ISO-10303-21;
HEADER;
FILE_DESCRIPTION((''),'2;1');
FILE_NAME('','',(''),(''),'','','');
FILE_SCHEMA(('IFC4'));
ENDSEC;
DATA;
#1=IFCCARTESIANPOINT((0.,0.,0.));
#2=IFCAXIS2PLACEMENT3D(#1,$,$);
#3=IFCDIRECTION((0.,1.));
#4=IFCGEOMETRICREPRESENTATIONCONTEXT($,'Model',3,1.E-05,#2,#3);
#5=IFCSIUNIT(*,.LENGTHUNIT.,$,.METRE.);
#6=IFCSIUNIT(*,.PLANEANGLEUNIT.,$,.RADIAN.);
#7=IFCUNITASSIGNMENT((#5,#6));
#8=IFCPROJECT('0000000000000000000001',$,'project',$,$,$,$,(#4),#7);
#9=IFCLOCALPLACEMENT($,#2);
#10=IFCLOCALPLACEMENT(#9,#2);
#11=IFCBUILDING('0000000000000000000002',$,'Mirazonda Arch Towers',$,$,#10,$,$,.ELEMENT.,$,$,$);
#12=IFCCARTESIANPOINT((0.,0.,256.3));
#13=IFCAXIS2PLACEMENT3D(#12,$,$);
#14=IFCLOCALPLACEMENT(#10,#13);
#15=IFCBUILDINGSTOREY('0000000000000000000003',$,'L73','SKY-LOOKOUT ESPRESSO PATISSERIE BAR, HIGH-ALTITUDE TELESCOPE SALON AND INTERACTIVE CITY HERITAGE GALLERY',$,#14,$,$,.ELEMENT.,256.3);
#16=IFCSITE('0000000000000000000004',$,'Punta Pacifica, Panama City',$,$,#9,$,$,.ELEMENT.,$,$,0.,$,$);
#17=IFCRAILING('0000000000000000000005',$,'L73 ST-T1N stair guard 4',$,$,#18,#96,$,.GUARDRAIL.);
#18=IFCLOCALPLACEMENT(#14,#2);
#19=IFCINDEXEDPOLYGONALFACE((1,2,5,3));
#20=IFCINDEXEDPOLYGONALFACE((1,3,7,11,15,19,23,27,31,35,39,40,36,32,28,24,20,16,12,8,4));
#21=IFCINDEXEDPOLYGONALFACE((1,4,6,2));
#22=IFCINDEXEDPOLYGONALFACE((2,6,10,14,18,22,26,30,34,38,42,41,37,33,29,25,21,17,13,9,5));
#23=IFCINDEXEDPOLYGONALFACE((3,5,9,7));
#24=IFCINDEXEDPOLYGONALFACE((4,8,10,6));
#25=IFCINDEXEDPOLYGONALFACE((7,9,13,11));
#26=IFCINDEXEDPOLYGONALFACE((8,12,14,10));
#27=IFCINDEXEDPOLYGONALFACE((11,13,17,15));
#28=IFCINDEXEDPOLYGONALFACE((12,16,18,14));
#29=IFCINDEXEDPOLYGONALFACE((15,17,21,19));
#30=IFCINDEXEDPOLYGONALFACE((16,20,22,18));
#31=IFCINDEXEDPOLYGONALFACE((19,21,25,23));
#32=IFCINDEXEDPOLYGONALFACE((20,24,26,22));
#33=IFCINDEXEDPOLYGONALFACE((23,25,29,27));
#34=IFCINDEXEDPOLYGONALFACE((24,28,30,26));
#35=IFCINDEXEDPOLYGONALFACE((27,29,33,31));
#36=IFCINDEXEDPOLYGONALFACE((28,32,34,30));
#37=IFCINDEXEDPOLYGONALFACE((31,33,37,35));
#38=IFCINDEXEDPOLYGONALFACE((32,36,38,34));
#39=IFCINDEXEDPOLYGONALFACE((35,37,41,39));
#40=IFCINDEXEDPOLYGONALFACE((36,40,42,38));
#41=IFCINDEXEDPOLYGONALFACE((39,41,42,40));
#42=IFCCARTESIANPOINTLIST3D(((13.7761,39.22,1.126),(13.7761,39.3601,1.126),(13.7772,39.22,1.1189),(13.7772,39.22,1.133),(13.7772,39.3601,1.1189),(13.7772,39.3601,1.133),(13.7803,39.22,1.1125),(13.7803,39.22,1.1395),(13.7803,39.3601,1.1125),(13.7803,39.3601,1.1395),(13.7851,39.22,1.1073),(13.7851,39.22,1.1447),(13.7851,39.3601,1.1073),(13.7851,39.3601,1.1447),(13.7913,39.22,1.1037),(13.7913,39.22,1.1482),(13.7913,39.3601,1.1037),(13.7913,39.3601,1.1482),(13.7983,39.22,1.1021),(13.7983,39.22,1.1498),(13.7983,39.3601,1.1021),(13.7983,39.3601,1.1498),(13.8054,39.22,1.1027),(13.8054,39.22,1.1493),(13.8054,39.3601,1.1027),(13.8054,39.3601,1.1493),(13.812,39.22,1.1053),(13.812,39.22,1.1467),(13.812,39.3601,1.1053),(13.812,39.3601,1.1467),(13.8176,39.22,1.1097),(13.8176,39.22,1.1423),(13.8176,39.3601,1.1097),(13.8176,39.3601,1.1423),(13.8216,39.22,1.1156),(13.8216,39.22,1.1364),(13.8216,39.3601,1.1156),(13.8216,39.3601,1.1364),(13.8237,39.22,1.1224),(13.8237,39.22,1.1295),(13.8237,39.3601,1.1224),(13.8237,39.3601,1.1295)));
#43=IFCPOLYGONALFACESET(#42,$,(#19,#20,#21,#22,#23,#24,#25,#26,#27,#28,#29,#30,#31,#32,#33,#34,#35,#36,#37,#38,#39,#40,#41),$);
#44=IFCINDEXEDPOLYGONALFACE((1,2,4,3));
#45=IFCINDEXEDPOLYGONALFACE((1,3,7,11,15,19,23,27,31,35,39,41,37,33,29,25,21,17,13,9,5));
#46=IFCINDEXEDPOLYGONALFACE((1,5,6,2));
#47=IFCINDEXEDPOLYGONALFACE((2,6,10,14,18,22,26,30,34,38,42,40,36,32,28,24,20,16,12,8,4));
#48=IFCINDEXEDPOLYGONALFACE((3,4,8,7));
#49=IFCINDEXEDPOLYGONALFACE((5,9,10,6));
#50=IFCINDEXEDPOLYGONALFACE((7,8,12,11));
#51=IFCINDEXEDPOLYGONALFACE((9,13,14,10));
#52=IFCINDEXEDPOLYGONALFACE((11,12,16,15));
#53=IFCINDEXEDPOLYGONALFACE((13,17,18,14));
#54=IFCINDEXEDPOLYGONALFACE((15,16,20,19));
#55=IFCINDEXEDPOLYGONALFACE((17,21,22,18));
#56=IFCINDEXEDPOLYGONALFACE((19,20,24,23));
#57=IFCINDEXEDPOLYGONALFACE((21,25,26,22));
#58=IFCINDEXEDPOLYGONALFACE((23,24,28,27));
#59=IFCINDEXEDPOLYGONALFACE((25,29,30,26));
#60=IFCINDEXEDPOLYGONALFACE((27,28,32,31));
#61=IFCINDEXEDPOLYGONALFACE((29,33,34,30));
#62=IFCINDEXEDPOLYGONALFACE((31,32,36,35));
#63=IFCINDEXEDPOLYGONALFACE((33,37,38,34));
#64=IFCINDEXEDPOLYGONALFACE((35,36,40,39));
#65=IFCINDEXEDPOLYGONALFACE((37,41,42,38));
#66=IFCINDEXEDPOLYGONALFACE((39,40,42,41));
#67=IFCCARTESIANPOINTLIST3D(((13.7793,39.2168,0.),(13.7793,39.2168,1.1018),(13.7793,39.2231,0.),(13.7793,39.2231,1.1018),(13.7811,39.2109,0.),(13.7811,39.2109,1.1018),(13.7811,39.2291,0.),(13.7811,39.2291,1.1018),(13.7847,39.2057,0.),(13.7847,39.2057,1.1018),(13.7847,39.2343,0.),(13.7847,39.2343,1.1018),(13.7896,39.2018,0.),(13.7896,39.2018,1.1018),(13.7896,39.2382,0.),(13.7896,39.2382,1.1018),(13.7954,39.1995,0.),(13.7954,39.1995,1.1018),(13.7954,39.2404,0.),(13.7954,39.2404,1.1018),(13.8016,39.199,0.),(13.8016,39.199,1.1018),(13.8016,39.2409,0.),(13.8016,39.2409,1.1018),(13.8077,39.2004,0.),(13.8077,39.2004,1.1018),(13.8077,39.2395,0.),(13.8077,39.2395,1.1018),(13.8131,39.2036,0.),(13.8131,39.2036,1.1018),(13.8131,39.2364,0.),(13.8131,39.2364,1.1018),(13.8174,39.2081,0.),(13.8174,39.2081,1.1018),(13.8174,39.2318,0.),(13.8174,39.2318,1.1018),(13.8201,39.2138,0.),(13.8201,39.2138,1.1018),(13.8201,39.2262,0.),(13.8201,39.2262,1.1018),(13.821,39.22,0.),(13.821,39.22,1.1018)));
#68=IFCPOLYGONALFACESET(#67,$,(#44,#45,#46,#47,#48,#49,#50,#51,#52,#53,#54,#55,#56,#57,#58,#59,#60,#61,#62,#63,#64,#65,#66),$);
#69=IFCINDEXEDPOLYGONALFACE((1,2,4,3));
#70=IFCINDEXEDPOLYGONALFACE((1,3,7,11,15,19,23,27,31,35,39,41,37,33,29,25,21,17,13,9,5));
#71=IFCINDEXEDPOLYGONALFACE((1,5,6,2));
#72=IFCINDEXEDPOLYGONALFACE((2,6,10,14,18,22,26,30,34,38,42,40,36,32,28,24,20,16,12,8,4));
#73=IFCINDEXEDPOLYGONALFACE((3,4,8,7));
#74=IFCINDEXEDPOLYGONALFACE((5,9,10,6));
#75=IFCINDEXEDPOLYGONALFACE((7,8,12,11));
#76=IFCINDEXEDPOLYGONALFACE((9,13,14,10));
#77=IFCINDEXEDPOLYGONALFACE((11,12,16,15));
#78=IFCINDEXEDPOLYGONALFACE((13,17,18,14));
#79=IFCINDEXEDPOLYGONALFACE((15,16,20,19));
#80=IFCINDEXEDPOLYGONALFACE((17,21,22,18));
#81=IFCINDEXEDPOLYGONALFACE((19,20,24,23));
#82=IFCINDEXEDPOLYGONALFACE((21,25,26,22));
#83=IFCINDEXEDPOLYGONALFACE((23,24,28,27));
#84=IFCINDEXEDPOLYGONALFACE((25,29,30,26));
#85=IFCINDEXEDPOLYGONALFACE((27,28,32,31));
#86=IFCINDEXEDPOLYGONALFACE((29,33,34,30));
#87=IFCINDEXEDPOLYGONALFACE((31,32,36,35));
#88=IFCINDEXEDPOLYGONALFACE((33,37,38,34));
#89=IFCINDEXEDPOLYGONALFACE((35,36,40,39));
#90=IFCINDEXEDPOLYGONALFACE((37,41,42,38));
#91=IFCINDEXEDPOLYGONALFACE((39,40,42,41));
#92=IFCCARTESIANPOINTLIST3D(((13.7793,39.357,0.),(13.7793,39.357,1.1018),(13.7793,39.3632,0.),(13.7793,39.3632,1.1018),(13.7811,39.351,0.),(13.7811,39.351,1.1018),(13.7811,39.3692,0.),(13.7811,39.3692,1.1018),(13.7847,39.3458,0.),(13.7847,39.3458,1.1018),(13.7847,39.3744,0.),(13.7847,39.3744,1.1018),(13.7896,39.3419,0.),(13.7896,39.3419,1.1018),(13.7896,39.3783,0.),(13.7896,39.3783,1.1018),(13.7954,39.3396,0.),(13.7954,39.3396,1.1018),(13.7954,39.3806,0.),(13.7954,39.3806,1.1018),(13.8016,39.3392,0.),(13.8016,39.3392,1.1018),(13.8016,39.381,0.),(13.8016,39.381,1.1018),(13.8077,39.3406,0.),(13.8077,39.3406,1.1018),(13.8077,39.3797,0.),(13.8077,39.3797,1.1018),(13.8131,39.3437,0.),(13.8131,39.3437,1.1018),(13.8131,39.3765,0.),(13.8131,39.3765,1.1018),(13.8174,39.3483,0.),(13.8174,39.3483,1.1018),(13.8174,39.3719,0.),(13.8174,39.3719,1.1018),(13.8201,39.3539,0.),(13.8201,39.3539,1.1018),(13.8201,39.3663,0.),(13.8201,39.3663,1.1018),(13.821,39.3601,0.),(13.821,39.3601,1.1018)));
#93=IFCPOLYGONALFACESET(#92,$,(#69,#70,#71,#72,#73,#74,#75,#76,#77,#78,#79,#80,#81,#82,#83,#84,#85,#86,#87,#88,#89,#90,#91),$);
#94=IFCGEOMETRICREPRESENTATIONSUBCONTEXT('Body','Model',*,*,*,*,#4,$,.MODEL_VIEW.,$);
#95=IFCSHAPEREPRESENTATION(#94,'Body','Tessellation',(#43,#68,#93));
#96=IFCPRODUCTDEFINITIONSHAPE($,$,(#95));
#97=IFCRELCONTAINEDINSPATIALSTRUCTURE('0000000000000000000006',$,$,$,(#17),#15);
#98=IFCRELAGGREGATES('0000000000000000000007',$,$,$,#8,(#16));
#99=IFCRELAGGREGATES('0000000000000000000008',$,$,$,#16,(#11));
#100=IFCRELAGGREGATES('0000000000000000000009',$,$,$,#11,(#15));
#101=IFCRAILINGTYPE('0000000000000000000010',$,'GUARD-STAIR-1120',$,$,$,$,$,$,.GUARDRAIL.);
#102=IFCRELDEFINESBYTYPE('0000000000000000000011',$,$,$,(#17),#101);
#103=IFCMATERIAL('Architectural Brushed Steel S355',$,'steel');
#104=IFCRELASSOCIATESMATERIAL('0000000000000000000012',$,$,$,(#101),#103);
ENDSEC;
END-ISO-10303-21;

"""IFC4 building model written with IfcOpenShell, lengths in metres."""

from ifc_helpers import new_model, si_unit, direction, frame, origin, origin_2d, place, context, subcontext, project, spatial, circle, extrude, material, type_object, element, save


model = new_model("IFC4")

# Units and contexts
model_context = context("Model", 3, precision=1e-05, world=origin(), true_north=direction((0.0, 1.0)))
body_context = subcontext(model_context, "Body", "Model", "MODEL_VIEW")
ifc_project = project(units=[si_unit("LENGTHUNIT", "METRE"), si_unit("PLANEANGLEUNIT", "RADIAN")], contexts=[model_context])

# Site, building, storey
site_placement = place(None, origin())
site = spatial("IfcSite", under=ifc_project, at=site_placement, Name="Punta Pacifica, Panama City", CompositionType="ELEMENT", RefElevation=0.0)
building_placement = place(site_placement, origin())
building = spatial("IfcBuilding", under=site, at=building_placement, Name="Mirazonda Arch Towers", CompositionType="ELEMENT")
storey_placement = place(building_placement, frame((0.0, 0.0, 256.3)))
storey = spatial("IfcBuildingStorey", under=building, at=storey_placement, Name="L73", Description="SKY-LOOKOUT ESPRESSO PATISSERIE BAR, HIGH-ALTITUDE TELESCOPE SALON AND INTERACTIVE CITY HERITAGE GALLERY", CompositionType="ELEMENT", Elevation=256.3)

# Shared definitions
ifc_material_1 = material(Name="Architectural Brushed Steel S355", Category="steel")

# Railing
railing_type_1 = type_object("IfcRailingType", Name="GUARD-STAIR-1120", PredefinedType="GUARDRAIL", material=ifc_material_1)
railing_1_placement = place(storey_placement, frame((13.8, 39.22, 0.0)))
element("IfcRailing", 1, at=railing_1_placement, inside=storey, type_object=railing_type_1, Name="L73 ST-T1N stair guard 4", PredefinedType="GUARDRAIL", context=body_context, shape_type="SweptSolid", body=[
    extrude(circle(Radius=0.0239, at=origin_2d()), frame((0.0, 0.0, 1.126), z_axis=(0.0, 1.0, 0.0), x_axis=(-1.0, 0.0, 0.0)), (0.0, 0.0, 1.0), 0.1401),
    extrude(circle(Radius=0.021, at=origin_2d()), origin(), (0.0, 0.0, 1.0), 1.1018),
    extrude(circle(Radius=0.021, at=origin_2d()), frame((0.0, 0.1401, 0.0)), (0.0, 0.0, 1.0), 1.1018),
])

save(model, "model.ifc")
